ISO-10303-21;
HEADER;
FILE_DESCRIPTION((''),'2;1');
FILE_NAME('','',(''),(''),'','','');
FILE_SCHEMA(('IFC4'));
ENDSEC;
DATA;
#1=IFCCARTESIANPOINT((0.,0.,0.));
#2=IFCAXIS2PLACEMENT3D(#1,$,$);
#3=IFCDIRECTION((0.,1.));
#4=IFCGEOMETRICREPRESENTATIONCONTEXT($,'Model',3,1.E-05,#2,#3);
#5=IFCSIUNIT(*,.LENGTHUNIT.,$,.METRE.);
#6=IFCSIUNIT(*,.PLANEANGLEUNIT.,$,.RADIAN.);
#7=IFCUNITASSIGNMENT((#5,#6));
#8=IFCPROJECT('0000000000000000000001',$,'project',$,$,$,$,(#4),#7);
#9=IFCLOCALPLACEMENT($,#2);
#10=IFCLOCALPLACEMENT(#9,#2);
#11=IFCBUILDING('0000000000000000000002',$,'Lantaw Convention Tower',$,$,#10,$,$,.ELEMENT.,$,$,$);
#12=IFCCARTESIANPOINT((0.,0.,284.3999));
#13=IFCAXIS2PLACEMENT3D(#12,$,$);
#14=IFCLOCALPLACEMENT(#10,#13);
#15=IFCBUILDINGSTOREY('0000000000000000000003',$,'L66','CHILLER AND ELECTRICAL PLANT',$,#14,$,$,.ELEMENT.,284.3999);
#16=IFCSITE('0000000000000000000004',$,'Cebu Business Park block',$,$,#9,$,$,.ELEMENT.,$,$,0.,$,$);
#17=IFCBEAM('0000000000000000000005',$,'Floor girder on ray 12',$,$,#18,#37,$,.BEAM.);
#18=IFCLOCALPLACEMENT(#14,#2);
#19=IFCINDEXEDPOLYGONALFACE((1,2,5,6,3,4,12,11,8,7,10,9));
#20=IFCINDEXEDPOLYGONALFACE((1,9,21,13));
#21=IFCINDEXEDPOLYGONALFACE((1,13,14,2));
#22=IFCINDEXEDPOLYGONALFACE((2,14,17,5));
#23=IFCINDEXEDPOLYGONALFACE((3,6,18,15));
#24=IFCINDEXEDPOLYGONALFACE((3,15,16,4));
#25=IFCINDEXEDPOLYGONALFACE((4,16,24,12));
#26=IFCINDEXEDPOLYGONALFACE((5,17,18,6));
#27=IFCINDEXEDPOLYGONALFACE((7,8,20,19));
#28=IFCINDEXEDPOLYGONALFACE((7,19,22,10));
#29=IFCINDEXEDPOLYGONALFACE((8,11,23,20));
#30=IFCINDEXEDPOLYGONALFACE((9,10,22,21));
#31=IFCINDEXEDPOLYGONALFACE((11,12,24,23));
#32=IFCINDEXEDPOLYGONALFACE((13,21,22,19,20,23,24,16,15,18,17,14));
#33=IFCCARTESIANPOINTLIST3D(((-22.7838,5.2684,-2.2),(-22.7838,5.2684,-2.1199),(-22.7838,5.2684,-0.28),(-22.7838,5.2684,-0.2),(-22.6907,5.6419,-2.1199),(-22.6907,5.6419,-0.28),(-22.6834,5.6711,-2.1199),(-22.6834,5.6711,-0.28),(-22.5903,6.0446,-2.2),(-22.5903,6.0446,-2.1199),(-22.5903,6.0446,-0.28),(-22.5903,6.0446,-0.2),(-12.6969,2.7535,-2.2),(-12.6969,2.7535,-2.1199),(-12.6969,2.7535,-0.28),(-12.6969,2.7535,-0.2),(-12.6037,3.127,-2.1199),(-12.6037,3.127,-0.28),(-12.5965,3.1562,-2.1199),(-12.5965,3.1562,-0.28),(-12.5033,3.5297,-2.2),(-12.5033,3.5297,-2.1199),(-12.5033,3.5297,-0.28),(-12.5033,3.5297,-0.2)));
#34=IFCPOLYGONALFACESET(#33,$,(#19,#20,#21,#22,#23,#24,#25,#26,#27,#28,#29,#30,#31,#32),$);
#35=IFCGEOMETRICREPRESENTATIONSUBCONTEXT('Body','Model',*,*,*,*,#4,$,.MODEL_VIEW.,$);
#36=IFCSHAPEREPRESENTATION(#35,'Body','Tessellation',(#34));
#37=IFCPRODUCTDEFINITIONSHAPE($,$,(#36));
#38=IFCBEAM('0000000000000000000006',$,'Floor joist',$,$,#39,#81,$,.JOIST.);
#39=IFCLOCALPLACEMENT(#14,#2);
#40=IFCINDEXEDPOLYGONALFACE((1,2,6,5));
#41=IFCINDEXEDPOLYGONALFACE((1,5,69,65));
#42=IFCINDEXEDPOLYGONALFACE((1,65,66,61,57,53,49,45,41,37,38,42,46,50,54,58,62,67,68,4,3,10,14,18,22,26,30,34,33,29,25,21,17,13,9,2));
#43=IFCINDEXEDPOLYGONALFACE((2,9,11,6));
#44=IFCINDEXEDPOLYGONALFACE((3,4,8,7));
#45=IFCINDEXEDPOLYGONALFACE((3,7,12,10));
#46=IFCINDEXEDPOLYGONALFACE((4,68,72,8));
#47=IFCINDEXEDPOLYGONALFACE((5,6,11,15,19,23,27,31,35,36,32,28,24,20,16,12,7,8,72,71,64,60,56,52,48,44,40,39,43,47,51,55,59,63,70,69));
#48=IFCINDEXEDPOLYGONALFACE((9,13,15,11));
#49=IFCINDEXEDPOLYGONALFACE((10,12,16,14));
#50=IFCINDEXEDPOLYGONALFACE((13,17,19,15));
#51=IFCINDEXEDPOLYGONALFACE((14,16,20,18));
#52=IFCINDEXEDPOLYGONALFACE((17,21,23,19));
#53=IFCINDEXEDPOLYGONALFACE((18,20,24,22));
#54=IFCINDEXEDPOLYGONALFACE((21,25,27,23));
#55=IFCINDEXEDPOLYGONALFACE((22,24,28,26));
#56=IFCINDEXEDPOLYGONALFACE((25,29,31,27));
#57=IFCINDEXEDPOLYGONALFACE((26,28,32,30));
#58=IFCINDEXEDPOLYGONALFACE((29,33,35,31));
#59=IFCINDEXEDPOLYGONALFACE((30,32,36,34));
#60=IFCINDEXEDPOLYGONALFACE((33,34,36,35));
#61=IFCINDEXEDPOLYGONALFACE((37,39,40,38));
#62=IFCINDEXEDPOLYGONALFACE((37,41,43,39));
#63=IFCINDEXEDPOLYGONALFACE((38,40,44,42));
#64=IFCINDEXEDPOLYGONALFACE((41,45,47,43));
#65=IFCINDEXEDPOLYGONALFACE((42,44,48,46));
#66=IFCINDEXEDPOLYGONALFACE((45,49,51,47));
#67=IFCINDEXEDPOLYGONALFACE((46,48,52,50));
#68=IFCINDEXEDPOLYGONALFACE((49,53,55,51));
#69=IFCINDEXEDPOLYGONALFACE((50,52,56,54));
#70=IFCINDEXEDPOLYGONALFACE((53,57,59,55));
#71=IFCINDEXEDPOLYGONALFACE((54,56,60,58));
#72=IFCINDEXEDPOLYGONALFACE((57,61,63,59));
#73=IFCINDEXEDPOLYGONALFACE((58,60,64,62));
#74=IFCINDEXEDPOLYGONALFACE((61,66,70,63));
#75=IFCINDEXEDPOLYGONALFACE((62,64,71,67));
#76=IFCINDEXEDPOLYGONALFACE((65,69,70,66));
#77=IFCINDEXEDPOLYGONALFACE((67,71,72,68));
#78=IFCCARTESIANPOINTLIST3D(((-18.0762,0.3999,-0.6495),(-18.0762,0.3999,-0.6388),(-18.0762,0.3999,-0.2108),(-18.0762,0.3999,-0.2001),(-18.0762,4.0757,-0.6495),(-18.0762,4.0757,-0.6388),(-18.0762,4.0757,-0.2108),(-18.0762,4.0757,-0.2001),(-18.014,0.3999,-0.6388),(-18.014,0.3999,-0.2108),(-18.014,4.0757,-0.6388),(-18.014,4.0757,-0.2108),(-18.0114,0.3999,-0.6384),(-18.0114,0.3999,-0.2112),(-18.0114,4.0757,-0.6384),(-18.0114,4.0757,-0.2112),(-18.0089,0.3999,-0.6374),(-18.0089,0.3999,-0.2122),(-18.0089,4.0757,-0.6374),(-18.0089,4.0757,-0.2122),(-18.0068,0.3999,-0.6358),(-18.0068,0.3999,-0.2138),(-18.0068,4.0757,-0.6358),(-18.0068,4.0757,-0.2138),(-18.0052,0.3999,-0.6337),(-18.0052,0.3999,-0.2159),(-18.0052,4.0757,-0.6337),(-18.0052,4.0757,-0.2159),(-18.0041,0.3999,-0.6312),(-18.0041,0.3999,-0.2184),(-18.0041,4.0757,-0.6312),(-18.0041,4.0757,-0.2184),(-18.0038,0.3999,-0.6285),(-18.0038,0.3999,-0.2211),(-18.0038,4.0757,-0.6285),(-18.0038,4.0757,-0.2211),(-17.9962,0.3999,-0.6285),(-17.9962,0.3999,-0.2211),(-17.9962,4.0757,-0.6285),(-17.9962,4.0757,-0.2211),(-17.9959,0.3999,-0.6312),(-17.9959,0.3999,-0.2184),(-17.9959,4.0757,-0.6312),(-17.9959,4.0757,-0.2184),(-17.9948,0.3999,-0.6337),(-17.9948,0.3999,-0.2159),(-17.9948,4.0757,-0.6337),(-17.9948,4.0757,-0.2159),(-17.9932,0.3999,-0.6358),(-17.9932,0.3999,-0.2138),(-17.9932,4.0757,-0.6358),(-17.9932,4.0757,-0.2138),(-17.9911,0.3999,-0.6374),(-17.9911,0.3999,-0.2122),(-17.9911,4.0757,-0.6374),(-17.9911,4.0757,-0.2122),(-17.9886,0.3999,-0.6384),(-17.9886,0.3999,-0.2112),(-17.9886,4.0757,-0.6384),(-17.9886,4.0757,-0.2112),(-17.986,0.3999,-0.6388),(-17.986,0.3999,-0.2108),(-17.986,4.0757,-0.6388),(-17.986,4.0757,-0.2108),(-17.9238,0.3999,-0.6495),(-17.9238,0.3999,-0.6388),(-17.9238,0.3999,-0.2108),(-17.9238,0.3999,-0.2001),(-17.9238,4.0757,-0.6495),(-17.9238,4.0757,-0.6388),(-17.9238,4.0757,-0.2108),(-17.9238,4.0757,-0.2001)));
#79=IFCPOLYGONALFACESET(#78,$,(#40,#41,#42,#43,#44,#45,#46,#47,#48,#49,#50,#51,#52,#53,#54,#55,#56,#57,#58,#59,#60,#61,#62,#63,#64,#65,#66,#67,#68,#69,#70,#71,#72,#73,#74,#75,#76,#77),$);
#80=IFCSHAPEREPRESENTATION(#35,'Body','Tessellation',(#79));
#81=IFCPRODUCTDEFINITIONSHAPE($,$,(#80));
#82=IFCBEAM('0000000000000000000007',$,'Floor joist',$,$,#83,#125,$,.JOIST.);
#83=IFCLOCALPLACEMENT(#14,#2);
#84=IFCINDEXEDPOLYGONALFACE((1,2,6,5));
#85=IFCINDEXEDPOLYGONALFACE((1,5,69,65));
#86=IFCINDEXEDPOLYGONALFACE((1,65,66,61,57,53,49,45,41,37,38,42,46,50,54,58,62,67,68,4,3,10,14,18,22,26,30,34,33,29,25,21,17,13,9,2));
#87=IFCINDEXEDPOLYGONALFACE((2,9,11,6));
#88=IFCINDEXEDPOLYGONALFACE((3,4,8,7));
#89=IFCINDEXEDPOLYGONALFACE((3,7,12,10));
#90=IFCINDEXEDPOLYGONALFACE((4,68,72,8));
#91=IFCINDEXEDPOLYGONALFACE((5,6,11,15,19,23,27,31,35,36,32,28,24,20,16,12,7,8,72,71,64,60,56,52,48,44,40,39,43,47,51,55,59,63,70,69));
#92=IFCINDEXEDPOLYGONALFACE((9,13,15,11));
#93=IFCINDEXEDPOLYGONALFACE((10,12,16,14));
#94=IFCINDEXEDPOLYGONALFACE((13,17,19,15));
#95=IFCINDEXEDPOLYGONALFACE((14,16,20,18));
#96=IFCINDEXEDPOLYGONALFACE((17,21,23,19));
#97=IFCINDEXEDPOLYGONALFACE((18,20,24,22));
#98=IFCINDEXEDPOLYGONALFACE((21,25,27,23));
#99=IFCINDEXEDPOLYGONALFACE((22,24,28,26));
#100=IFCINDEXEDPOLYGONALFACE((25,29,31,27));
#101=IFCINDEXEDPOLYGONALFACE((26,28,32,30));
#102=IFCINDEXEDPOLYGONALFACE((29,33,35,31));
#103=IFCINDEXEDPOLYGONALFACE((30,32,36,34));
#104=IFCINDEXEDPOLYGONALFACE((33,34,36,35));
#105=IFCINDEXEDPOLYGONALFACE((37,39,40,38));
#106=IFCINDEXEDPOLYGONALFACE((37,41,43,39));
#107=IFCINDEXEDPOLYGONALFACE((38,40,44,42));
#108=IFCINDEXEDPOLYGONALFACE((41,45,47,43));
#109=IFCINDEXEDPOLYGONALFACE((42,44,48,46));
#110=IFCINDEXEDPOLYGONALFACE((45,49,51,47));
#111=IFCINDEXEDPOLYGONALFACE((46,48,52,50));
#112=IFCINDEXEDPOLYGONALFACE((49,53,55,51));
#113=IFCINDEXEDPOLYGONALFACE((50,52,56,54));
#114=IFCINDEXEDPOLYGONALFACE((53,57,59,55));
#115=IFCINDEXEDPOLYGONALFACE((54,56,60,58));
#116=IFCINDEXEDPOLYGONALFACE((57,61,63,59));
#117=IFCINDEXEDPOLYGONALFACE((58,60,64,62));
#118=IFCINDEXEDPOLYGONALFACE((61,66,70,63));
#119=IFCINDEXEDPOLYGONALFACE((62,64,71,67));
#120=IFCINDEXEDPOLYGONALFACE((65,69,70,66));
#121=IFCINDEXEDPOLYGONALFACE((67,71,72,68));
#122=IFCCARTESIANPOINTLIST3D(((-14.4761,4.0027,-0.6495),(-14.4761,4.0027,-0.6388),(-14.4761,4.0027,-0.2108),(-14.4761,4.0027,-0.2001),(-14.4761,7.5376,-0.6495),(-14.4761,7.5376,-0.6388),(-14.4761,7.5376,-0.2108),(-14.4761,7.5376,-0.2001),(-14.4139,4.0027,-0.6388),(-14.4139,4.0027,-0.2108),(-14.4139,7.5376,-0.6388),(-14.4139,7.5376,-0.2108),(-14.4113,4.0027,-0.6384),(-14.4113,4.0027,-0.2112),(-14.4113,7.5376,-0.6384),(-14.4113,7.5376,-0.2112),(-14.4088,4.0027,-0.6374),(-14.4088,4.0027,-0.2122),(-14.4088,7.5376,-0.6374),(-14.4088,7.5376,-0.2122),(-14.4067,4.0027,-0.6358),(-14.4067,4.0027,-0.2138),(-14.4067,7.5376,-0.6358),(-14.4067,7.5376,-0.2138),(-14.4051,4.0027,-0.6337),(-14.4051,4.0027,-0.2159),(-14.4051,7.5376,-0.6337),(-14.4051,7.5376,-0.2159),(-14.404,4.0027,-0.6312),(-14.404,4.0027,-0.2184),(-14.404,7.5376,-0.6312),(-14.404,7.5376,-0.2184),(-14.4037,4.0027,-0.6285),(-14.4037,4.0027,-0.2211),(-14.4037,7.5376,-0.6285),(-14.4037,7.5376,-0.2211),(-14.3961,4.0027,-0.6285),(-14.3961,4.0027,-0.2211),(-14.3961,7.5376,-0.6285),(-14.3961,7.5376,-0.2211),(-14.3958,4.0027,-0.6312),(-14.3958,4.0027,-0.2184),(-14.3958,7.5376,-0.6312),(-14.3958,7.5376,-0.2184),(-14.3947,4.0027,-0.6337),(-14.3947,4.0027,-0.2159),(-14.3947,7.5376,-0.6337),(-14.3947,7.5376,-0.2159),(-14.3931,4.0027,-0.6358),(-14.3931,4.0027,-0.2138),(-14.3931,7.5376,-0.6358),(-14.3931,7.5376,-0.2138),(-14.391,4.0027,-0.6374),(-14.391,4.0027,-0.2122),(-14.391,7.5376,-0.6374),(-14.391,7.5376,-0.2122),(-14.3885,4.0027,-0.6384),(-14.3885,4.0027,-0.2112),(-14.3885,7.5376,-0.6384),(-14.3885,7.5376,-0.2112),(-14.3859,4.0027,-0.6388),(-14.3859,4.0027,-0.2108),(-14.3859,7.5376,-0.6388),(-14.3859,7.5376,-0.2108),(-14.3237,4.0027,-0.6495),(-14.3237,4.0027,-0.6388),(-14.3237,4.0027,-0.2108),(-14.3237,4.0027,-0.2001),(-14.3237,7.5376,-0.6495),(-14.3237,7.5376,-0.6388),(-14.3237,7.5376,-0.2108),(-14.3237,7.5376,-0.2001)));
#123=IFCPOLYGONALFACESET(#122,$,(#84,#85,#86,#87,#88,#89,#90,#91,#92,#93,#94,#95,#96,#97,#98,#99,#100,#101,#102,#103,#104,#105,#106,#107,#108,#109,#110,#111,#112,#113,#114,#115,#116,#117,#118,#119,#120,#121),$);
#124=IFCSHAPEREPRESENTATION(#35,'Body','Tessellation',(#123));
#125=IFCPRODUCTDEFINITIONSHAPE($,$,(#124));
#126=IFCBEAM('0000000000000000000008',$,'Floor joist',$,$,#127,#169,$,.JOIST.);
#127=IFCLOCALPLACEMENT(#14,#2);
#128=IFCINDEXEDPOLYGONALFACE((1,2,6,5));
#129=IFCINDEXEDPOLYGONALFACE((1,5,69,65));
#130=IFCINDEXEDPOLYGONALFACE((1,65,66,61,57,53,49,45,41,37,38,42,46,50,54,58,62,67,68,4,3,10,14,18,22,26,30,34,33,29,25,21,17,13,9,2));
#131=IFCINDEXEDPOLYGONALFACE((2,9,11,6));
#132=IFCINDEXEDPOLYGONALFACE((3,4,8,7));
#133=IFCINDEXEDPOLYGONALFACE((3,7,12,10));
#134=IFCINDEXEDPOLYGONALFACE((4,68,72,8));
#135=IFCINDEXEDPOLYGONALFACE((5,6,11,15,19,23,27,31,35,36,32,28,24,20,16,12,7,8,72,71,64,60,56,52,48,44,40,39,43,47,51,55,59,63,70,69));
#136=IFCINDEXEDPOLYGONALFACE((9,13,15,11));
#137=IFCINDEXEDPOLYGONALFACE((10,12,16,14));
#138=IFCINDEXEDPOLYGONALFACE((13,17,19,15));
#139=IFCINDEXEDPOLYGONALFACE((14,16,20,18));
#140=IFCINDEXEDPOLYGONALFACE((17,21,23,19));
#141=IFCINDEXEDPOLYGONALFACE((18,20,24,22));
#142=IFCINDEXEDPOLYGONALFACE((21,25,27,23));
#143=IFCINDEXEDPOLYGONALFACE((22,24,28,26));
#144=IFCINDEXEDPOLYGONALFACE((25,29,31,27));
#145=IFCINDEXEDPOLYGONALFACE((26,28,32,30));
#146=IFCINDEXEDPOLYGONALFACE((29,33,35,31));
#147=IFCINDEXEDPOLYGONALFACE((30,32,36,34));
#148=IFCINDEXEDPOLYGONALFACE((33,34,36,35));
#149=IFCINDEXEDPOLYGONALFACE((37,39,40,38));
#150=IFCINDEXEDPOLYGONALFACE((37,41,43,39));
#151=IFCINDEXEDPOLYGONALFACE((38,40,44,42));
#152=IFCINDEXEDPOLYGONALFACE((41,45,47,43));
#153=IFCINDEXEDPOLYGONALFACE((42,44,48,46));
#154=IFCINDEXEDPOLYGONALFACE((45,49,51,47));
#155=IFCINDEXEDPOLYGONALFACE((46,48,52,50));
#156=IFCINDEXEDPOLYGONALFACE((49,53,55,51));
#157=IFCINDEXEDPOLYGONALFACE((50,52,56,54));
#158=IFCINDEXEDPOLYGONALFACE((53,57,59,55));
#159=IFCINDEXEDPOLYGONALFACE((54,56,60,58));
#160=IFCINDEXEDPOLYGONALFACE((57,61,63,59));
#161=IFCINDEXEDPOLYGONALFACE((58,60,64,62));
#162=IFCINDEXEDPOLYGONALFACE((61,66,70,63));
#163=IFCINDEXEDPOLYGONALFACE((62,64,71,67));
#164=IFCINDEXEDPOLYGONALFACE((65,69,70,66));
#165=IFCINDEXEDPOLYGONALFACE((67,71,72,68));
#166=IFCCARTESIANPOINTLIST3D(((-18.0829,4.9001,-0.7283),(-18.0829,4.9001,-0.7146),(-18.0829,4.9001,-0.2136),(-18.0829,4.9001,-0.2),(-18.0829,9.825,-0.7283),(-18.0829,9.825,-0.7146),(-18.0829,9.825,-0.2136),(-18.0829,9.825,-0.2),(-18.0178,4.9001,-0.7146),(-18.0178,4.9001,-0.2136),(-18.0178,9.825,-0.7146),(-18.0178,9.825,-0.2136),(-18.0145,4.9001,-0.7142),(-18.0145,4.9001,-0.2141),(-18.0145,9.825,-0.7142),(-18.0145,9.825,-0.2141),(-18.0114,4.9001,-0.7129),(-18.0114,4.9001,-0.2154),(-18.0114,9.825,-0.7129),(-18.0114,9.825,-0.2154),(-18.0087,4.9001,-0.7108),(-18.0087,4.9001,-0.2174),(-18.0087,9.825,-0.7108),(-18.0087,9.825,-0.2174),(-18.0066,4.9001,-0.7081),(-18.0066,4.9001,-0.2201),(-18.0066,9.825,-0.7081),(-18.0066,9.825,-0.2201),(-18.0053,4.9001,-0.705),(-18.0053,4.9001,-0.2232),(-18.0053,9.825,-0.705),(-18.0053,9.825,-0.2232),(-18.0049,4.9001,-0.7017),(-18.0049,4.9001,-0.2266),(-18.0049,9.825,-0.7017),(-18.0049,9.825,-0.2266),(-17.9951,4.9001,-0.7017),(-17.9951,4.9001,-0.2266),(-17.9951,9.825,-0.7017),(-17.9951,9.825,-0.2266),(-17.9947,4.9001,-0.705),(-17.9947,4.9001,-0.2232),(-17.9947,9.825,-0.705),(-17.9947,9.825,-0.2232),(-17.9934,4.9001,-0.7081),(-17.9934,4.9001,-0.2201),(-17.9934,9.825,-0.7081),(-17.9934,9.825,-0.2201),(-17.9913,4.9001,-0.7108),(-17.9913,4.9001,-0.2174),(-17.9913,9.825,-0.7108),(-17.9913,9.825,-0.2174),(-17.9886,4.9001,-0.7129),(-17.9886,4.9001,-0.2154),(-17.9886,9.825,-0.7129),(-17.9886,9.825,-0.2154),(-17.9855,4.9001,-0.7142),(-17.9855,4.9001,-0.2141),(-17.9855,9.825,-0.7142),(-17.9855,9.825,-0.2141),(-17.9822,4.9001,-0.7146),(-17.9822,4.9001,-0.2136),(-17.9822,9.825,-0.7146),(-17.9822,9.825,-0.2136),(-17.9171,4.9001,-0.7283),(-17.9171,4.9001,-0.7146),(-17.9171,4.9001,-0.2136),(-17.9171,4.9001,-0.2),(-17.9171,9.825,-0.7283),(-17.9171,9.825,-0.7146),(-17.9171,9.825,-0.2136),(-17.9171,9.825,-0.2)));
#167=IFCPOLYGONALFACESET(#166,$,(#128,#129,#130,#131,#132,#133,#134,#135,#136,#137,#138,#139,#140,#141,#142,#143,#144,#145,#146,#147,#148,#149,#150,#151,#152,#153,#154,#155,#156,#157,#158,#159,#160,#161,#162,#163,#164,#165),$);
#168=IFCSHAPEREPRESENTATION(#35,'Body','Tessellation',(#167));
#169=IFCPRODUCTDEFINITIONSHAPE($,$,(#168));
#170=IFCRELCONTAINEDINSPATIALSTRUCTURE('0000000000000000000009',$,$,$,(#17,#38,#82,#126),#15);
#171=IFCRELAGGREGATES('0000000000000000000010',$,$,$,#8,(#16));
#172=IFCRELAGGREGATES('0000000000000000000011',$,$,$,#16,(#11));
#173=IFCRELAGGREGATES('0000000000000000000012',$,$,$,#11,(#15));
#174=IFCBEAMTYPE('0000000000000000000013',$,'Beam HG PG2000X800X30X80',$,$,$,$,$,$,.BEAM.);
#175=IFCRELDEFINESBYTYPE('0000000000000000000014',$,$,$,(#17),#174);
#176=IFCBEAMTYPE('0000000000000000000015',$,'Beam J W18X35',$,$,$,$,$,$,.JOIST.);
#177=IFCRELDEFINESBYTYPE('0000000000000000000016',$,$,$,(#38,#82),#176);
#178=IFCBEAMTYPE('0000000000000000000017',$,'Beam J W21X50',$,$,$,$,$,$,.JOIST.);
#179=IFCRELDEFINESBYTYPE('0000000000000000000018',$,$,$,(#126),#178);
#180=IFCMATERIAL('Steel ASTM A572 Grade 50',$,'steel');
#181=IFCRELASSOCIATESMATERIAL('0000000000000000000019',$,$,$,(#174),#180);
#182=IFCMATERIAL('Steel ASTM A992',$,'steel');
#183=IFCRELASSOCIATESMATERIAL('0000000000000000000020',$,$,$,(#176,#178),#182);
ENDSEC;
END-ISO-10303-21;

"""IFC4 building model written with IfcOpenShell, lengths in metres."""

from ifc_helpers import new_model, si_unit, direction, frame, origin, origin_2d, place, context, subcontext, project, spatial, i_section, extrude, material, material_profile, profile_set, type_object, element, save


model = new_model("IFC4")

# Units and contexts
model_context = context("Model", 3, precision=1e-05, world=origin(), true_north=direction((0.0, 1.0)))
body_context = subcontext(model_context, "Body", "Model", "MODEL_VIEW")
ifc_project = project(units=[si_unit("LENGTHUNIT", "METRE"), si_unit("PLANEANGLEUNIT", "RADIAN")], contexts=[model_context])

# Site, building, storey
site_placement = place(None, origin())
site = spatial("IfcSite", under=ifc_project, at=site_placement, Name="Cebu Business Park block", CompositionType="ELEMENT", RefElevation=0.0)
building_placement = place(site_placement, origin())
building = spatial("IfcBuilding", under=site, at=building_placement, Name="Lantaw Convention Tower", CompositionType="ELEMENT")
storey_placement = place(building_placement, frame((0.0, 0.0, 284.3999)))
storey = spatial("IfcBuildingStorey", under=building, at=storey_placement, Name="L66", Description="CHILLER AND ELECTRICAL PLANT", CompositionType="ELEMENT", Elevation=284.3999)

# Beams
ifc_material_1 = material(Name="Steel ASTM A572 Grade 50", Category="steel")
ifc_material_profile_1 = material_profile(ifc_material_1, i_section(OverallWidth=0.8, OverallDepth=2.0, WebThickness=0.03, FlangeThickness=0.0801, at=origin_2d()), Name="PG2000X800X30X80")
ifc_profile_set_1 = profile_set([ifc_material_profile_1], Name="Steel ASTM A572 Grade 50")
beam_type_1 = type_object("IfcBeamType", Name="Beam HG PG2000X800X30X80", PredefinedType="BEAM", material=ifc_profile_set_1)
beam_1_placement = place(storey_placement, frame((-12.6001, 3.1416, -1.2), z_axis=(-0.970297, 0.241917, 0.0), x_axis=(-0.241917, -0.970297, 0.0)))
element("IfcBeam", 1, at=beam_1_placement, inside=storey, type_object=beam_type_1, Name="Floor girder on ray 12", PredefinedType="BEAM", context=body_context, shape_type="SweptSolid", body=[
    extrude(i_section(OverallWidth=0.8, OverallDepth=2.0, WebThickness=0.03, FlangeThickness=0.0801, at=origin_2d()), origin(), (0.0, 0.0, 1.0), 10.3958),
])
ifc_material_2 = material(Name="Steel ASTM A992", Category="steel")
ifc_material_profile_2 = material_profile(ifc_material_2, i_section(OverallWidth=0.1523, OverallDepth=0.4495, WebThickness=0.0076, FlangeThickness=0.0107, FilletRadius=0.0103, at=origin_2d()), Name="W18X35")
ifc_profile_set_2 = profile_set([ifc_material_profile_2], Name="Steel ASTM A992")
beam_type_2 = type_object("IfcBeamType", Name="Beam J W18X35", PredefinedType="JOIST", material=ifc_profile_set_2)
beam_2_placement = place(storey_placement, frame((-18.0, 0.3999, -0.4248), z_axis=(0.0, 1.0, 0.0), x_axis=(-1.0, 0.0, 0.0)))
element("IfcBeam", 2, at=beam_2_placement, inside=storey, type_object=beam_type_2, Name="Floor joist", PredefinedType="JOIST", context=body_context, shape_type="SweptSolid", body=[
    extrude(i_section(OverallWidth=0.1523, OverallDepth=0.4495, WebThickness=0.0076, FlangeThickness=0.0107, FilletRadius=0.0103, at=origin_2d()), origin(), (0.0, 0.0, 1.0), 3.6758),
])
beam_3_placement = place(storey_placement, frame((-14.3999, 4.0027, -0.4248), z_axis=(0.0, 1.0, 0.0), x_axis=(-1.0, 0.0, 0.0)))
element("IfcBeam", 3, at=beam_3_placement, inside=storey, type_object=beam_type_2, Name="Floor joist", PredefinedType="JOIST", context=body_context, shape_type="SweptSolid", body=[
    extrude(i_section(OverallWidth=0.1523, OverallDepth=0.4495, WebThickness=0.0076, FlangeThickness=0.0107, FilletRadius=0.0103, at=origin_2d()), origin(), (0.0, 0.0, 1.0), 3.5349),
])
ifc_material_profile_3 = material_profile(ifc_material_2, i_section(OverallWidth=0.1658, OverallDepth=0.5283, WebThickness=0.0098, FlangeThickness=0.0137, FilletRadius=0.0129, at=origin_2d()), Name="W21X50")
ifc_profile_set_3 = profile_set([ifc_material_profile_3], Name="Steel ASTM A992")
beam_type_3 = type_object("IfcBeamType", Name="Beam J W21X50", PredefinedType="JOIST", material=ifc_profile_set_3)
beam_4_placement = place(storey_placement, frame((-18.0, 4.9001, -0.4641), z_axis=(0.0, 1.0, 0.0), x_axis=(-1.0, 0.0, 0.0)))
element("IfcBeam", 4, at=beam_4_placement, inside=storey, type_object=beam_type_3, Name="Floor joist", PredefinedType="JOIST", context=body_context, shape_type="SweptSolid", body=[
    extrude(i_section(OverallWidth=0.1658, OverallDepth=0.5283, WebThickness=0.0098, FlangeThickness=0.0137, FilletRadius=0.0129, at=origin_2d()), origin(), (0.0, 0.0, 1.0), 4.9248),
])

save(model, "model.ifc")
